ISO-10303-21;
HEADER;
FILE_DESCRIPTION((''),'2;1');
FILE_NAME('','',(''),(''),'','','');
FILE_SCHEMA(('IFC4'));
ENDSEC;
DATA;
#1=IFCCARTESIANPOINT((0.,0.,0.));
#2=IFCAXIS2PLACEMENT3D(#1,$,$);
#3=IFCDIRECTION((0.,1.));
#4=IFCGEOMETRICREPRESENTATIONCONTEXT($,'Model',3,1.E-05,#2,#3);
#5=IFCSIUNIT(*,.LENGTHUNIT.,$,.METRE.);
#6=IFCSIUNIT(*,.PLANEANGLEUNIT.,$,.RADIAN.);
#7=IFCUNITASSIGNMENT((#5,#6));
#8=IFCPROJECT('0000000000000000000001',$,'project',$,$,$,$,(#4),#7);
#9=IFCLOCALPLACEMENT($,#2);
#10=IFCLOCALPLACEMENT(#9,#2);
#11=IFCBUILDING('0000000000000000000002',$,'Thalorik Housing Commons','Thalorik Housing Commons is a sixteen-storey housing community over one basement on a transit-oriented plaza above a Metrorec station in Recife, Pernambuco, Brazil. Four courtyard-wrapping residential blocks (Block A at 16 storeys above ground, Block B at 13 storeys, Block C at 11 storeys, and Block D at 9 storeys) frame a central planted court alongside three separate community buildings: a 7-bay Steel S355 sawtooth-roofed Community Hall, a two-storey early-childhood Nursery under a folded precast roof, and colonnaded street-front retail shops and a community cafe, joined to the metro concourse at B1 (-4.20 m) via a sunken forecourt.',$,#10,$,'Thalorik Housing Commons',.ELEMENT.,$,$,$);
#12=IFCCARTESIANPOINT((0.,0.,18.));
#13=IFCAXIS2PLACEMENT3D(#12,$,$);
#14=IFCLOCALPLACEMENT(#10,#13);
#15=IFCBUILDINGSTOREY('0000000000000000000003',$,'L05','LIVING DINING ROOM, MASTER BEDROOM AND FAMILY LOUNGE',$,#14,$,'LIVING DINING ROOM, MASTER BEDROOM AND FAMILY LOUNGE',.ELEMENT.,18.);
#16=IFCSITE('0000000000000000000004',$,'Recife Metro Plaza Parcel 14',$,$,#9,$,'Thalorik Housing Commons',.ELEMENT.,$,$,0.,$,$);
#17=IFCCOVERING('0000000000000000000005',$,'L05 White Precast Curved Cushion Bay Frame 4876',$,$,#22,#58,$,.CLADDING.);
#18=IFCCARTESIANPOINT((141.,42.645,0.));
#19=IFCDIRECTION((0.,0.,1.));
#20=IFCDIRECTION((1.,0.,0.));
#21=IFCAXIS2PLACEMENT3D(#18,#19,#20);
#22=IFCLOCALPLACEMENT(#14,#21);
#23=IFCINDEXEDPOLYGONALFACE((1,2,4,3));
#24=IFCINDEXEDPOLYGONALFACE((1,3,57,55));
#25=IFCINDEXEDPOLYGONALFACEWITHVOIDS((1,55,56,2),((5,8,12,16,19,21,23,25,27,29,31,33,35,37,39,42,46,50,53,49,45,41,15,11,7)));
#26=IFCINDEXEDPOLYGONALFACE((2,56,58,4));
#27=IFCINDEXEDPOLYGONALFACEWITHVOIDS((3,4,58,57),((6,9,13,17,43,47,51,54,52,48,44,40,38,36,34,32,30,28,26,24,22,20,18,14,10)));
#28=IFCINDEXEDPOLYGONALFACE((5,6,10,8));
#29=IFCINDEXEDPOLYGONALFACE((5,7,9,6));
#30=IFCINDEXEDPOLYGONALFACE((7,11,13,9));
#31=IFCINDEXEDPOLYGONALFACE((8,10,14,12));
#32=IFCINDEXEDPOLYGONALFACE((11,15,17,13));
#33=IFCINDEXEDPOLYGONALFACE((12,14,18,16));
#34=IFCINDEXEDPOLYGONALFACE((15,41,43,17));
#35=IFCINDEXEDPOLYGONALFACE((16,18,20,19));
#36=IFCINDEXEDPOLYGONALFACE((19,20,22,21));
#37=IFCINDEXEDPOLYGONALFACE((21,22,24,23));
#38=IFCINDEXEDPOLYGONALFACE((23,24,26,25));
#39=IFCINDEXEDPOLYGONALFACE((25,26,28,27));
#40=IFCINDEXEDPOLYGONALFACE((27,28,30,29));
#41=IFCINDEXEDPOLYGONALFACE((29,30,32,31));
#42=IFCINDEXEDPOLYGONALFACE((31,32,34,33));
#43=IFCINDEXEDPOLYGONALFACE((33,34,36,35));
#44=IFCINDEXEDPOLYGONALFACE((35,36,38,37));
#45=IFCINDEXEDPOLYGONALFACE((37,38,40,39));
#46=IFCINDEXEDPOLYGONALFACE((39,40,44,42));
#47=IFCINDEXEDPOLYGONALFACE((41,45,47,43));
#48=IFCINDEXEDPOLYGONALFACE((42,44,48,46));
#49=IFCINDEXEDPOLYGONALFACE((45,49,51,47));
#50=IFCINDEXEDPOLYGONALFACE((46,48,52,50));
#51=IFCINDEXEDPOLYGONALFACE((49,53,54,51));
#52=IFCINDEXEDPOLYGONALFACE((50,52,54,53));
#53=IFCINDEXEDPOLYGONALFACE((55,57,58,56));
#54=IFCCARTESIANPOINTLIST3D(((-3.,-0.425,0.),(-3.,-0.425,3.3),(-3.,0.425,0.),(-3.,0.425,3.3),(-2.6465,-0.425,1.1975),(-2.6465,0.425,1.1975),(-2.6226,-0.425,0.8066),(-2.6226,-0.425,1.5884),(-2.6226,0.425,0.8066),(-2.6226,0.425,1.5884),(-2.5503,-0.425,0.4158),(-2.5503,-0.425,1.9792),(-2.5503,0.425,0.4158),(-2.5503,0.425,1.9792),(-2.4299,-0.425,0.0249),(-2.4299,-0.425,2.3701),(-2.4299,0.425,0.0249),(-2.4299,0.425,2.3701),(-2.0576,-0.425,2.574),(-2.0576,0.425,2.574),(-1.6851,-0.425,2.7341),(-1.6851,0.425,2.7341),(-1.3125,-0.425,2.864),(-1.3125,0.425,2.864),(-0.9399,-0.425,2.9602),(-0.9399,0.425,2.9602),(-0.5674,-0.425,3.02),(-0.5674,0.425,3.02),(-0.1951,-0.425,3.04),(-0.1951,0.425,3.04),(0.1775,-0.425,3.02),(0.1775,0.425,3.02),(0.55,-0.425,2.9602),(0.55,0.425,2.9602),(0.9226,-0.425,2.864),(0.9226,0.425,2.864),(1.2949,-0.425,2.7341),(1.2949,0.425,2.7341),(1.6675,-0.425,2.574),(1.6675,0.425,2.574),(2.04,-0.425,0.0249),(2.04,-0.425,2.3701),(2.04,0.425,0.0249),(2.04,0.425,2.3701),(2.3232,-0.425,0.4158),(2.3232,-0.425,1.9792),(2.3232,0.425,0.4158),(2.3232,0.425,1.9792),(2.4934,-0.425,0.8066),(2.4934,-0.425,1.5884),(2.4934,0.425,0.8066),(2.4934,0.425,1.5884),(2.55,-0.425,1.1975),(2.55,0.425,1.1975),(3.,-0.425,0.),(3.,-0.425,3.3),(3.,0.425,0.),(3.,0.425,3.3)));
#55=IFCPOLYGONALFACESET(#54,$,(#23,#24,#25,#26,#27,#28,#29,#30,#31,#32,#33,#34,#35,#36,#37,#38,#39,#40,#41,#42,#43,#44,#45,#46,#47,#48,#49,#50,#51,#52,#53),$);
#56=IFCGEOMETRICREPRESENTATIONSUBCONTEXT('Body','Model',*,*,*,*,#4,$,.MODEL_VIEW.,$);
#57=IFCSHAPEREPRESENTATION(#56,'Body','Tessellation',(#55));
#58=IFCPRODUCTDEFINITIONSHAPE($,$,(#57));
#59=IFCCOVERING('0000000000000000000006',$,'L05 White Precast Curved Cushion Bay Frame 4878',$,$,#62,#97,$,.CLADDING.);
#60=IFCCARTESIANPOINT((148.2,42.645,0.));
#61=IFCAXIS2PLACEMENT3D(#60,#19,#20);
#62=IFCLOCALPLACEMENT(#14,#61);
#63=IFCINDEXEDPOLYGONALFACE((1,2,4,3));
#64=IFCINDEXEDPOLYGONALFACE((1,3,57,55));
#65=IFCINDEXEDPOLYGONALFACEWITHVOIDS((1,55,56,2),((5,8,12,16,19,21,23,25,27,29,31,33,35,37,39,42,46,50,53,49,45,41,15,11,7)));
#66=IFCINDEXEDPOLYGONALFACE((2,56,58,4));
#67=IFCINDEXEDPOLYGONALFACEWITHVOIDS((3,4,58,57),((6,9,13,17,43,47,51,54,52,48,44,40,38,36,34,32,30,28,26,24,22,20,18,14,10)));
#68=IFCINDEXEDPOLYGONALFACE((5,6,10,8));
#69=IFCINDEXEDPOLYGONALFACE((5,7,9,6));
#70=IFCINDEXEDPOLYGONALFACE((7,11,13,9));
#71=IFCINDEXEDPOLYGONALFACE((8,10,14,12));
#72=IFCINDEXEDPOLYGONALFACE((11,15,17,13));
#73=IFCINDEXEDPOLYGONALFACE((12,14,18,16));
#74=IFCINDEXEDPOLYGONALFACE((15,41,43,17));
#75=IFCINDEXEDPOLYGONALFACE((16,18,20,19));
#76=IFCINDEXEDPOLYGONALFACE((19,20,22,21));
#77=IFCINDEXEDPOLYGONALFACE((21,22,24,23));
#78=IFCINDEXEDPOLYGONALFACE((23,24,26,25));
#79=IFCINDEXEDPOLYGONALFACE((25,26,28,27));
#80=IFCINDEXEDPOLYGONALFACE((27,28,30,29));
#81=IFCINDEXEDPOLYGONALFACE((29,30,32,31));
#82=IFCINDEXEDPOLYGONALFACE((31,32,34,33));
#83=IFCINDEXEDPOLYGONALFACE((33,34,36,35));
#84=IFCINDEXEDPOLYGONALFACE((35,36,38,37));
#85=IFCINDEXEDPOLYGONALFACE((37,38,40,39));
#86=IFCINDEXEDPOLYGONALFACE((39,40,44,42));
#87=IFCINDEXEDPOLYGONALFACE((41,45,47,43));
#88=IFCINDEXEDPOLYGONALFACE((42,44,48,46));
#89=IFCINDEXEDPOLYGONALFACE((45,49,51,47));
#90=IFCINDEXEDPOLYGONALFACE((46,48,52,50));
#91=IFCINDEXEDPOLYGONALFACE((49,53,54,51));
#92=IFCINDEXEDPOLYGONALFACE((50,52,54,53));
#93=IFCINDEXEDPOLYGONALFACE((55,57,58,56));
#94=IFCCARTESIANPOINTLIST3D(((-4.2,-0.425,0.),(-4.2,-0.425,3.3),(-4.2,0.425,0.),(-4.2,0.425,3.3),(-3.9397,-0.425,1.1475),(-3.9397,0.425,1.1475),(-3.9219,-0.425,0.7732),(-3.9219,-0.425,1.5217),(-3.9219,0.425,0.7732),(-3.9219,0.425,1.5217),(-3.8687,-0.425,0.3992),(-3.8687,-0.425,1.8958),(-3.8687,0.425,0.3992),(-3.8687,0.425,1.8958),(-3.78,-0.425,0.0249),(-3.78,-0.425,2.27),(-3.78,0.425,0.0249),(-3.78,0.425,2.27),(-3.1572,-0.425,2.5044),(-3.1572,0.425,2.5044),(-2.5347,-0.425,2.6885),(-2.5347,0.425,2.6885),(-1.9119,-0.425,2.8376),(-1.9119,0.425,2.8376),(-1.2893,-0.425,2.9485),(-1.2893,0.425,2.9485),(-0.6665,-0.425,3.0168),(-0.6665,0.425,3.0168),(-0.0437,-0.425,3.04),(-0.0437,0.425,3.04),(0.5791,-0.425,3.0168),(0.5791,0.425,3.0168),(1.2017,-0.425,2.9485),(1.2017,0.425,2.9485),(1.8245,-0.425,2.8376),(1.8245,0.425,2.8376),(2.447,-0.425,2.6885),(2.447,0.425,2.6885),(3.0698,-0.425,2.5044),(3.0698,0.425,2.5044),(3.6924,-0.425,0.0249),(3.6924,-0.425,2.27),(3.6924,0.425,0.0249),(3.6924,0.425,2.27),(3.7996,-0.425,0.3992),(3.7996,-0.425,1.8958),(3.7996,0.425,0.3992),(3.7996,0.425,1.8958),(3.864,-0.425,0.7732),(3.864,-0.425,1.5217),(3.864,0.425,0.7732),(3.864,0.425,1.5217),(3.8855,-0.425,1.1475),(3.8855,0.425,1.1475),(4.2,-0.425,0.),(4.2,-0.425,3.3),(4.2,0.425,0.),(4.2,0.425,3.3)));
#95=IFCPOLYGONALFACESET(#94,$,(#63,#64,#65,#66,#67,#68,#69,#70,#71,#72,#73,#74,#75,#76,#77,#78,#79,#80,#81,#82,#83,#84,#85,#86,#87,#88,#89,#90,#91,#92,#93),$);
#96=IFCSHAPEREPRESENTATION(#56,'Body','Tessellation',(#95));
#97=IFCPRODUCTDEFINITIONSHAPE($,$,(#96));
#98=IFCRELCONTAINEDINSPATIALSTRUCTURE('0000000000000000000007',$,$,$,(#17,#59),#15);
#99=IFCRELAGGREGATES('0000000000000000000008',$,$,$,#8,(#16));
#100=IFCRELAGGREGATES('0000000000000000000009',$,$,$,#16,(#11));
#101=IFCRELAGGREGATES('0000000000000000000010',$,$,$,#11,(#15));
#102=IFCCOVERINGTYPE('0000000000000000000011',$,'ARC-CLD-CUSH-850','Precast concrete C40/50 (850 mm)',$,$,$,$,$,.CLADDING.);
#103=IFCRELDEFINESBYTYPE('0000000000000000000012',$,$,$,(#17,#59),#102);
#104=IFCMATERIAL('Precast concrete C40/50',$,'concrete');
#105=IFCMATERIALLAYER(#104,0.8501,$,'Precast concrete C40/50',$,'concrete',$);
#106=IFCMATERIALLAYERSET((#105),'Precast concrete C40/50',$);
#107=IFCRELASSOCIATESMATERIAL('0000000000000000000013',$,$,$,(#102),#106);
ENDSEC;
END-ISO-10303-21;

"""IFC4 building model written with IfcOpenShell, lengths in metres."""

from ifc_helpers import new_model, si_unit, direction, frame, origin, place, context, subcontext, project, spatial, polyline, outline, extrude, material, layer, layer_set, type_object, element, save


model = new_model("IFC4")

# Units and contexts
model_context = context("Model", 3, precision=1e-05, world=origin(), true_north=direction((0.0, 1.0)))
body_context = subcontext(model_context, "Body", "Model", "MODEL_VIEW")
ifc_project = project(units=[si_unit("LENGTHUNIT", "METRE"), si_unit("PLANEANGLEUNIT", "RADIAN")], contexts=[model_context])

# Site, building, storey
site_placement = place(None, origin())
site = spatial("IfcSite", under=ifc_project, at=site_placement, Name="Recife Metro Plaza Parcel 14", LongName="Thalorik Housing Commons", CompositionType="ELEMENT", RefElevation=0.0)
building_placement = place(site_placement, origin())
building = spatial("IfcBuilding", under=site, at=building_placement, Name="Thalorik Housing Commons", Description="Thalorik Housing Commons is a sixteen-storey housing community over one basement on a transit-oriented plaza above a Metrorec station in Recife, Pernambuco, Brazil. Four courtyard-wrapping residential blocks (Block A at 16 storeys above ground, Block B at 13 storeys, Block C at 11 storeys, and Block D at 9 storeys) frame a central planted court alongside three separate community buildings: a 7-bay Steel S355 sawtooth-roofed Community Hall, a two-storey early-childhood Nursery under a folded precast roof, and colonnaded street-front retail shops and a community cafe, joined to the metro concourse at B1 (-4.20 m) via a sunken forecourt.", LongName="Thalorik Housing Commons", CompositionType="ELEMENT")
storey_placement = place(building_placement, frame((0.0, 0.0, 18.0)))
storey = spatial("IfcBuildingStorey", under=building, at=storey_placement, Name="L05", Description="LIVING DINING ROOM, MASTER BEDROOM AND FAMILY LOUNGE", LongName="LIVING DINING ROOM, MASTER BEDROOM AND FAMILY LOUNGE", CompositionType="ELEMENT", Elevation=18.0)

# Shared definitions
ifc_material_1 = material(Name="Precast concrete C40/50", Category="concrete")

# Coverings
ifc_layer_1 = layer(ifc_material_1, 0.8501, Name="Precast concrete C40/50", Category="concrete")
ifc_layer_set_1 = layer_set([ifc_layer_1], Name="Precast concrete C40/50")
covering_type_1 = type_object("IfcCoveringType", Name="ARC-CLD-CUSH-850", Description="Precast concrete C40/50 (850 mm)", PredefinedType="CLADDING", material=ifc_layer_set_1)
covering_1_placement = place(storey_placement, frame((141.0, 42.645, 0.0), z_axis=(0.0, 0.0, 1.0), x_axis=(1.0, 0.0, 0.0)))
element("IfcCovering", 1, at=covering_1_placement, inside=storey, type_object=covering_type_1, Name="L05 White Precast Curved Cushion Bay Frame 4876", PredefinedType="CLADDING", context=body_context, shape_type="SweptSolid", body=[
    extrude(outline(polyline([(-3.0, 0.0), (3.0, 0.0), (3.0, 3.3), (-3.0, 3.3), (-3.0, 0.0)]), holes=[polyline([(2.04, 0.0249), (2.3232, 0.4158), (2.4934, 0.8066), (2.55, 1.1975), (2.4934, 1.5884), (2.3232, 1.9792), (2.04, 2.3701), (1.6675, 2.574), (1.2949, 2.7341), (0.9226, 2.864), (0.55, 2.9602), (0.1775, 3.02), (-0.1951, 3.04), (-0.5674, 3.02), (-0.9399, 2.9602), (-1.3125, 2.864), (-1.6851, 2.7341), (-2.0576, 2.574), (-2.4299, 2.3701), (-2.5503, 1.9792), (-2.6226, 1.5884), (-2.6465, 1.1975), (-2.6226, 0.8066), (-2.5503, 0.4158), (-2.4299, 0.0249), (2.04, 0.0249)])]), frame((0.0, 0.425, 0.0), z_axis=(0.0, -1.0, 0.0), x_axis=(1.0, 0.0, 0.0)), (0.0, 0.0, 1.0), 0.8501),
])
covering_2_placement = place(storey_placement, frame((148.2, 42.645, 0.0), z_axis=(0.0, 0.0, 1.0), x_axis=(1.0, 0.0, 0.0)))
element("IfcCovering", 2, at=covering_2_placement, inside=storey, type_object=covering_type_1, Name="L05 White Precast Curved Cushion Bay Frame 4878", PredefinedType="CLADDING", context=body_context, shape_type="SweptSolid", body=[
    extrude(outline(polyline([(-4.2, 0.0), (4.2, 0.0), (4.2, 3.3), (-4.2, 3.3), (-4.2, 0.0)]), holes=[polyline([(3.6924, 0.0249), (3.7996, 0.3992), (3.864, 0.7732), (3.8855, 1.1475), (3.864, 1.5217), (3.7996, 1.8958), (3.6924, 2.27), (3.0698, 2.5044), (2.447, 2.6885), (1.8245, 2.8376), (1.2017, 2.9485), (0.5791, 3.0168), (-0.0437, 3.04), (-0.6665, 3.0168), (-1.2893, 2.9485), (-1.9119, 2.8376), (-2.5347, 2.6885), (-3.1572, 2.5044), (-3.78, 2.27), (-3.8687, 1.8958), (-3.9219, 1.5217), (-3.9397, 1.1475), (-3.9219, 0.7732), (-3.8687, 0.3992), (-3.78, 0.0249), (3.6924, 0.0249)])]), frame((0.0, 0.425, 0.0), z_axis=(0.0, -1.0, 0.0), x_axis=(1.0, 0.0, 0.0)), (0.0, 0.0, 1.0), 0.8501),
])

save(model, "model.ifc")
